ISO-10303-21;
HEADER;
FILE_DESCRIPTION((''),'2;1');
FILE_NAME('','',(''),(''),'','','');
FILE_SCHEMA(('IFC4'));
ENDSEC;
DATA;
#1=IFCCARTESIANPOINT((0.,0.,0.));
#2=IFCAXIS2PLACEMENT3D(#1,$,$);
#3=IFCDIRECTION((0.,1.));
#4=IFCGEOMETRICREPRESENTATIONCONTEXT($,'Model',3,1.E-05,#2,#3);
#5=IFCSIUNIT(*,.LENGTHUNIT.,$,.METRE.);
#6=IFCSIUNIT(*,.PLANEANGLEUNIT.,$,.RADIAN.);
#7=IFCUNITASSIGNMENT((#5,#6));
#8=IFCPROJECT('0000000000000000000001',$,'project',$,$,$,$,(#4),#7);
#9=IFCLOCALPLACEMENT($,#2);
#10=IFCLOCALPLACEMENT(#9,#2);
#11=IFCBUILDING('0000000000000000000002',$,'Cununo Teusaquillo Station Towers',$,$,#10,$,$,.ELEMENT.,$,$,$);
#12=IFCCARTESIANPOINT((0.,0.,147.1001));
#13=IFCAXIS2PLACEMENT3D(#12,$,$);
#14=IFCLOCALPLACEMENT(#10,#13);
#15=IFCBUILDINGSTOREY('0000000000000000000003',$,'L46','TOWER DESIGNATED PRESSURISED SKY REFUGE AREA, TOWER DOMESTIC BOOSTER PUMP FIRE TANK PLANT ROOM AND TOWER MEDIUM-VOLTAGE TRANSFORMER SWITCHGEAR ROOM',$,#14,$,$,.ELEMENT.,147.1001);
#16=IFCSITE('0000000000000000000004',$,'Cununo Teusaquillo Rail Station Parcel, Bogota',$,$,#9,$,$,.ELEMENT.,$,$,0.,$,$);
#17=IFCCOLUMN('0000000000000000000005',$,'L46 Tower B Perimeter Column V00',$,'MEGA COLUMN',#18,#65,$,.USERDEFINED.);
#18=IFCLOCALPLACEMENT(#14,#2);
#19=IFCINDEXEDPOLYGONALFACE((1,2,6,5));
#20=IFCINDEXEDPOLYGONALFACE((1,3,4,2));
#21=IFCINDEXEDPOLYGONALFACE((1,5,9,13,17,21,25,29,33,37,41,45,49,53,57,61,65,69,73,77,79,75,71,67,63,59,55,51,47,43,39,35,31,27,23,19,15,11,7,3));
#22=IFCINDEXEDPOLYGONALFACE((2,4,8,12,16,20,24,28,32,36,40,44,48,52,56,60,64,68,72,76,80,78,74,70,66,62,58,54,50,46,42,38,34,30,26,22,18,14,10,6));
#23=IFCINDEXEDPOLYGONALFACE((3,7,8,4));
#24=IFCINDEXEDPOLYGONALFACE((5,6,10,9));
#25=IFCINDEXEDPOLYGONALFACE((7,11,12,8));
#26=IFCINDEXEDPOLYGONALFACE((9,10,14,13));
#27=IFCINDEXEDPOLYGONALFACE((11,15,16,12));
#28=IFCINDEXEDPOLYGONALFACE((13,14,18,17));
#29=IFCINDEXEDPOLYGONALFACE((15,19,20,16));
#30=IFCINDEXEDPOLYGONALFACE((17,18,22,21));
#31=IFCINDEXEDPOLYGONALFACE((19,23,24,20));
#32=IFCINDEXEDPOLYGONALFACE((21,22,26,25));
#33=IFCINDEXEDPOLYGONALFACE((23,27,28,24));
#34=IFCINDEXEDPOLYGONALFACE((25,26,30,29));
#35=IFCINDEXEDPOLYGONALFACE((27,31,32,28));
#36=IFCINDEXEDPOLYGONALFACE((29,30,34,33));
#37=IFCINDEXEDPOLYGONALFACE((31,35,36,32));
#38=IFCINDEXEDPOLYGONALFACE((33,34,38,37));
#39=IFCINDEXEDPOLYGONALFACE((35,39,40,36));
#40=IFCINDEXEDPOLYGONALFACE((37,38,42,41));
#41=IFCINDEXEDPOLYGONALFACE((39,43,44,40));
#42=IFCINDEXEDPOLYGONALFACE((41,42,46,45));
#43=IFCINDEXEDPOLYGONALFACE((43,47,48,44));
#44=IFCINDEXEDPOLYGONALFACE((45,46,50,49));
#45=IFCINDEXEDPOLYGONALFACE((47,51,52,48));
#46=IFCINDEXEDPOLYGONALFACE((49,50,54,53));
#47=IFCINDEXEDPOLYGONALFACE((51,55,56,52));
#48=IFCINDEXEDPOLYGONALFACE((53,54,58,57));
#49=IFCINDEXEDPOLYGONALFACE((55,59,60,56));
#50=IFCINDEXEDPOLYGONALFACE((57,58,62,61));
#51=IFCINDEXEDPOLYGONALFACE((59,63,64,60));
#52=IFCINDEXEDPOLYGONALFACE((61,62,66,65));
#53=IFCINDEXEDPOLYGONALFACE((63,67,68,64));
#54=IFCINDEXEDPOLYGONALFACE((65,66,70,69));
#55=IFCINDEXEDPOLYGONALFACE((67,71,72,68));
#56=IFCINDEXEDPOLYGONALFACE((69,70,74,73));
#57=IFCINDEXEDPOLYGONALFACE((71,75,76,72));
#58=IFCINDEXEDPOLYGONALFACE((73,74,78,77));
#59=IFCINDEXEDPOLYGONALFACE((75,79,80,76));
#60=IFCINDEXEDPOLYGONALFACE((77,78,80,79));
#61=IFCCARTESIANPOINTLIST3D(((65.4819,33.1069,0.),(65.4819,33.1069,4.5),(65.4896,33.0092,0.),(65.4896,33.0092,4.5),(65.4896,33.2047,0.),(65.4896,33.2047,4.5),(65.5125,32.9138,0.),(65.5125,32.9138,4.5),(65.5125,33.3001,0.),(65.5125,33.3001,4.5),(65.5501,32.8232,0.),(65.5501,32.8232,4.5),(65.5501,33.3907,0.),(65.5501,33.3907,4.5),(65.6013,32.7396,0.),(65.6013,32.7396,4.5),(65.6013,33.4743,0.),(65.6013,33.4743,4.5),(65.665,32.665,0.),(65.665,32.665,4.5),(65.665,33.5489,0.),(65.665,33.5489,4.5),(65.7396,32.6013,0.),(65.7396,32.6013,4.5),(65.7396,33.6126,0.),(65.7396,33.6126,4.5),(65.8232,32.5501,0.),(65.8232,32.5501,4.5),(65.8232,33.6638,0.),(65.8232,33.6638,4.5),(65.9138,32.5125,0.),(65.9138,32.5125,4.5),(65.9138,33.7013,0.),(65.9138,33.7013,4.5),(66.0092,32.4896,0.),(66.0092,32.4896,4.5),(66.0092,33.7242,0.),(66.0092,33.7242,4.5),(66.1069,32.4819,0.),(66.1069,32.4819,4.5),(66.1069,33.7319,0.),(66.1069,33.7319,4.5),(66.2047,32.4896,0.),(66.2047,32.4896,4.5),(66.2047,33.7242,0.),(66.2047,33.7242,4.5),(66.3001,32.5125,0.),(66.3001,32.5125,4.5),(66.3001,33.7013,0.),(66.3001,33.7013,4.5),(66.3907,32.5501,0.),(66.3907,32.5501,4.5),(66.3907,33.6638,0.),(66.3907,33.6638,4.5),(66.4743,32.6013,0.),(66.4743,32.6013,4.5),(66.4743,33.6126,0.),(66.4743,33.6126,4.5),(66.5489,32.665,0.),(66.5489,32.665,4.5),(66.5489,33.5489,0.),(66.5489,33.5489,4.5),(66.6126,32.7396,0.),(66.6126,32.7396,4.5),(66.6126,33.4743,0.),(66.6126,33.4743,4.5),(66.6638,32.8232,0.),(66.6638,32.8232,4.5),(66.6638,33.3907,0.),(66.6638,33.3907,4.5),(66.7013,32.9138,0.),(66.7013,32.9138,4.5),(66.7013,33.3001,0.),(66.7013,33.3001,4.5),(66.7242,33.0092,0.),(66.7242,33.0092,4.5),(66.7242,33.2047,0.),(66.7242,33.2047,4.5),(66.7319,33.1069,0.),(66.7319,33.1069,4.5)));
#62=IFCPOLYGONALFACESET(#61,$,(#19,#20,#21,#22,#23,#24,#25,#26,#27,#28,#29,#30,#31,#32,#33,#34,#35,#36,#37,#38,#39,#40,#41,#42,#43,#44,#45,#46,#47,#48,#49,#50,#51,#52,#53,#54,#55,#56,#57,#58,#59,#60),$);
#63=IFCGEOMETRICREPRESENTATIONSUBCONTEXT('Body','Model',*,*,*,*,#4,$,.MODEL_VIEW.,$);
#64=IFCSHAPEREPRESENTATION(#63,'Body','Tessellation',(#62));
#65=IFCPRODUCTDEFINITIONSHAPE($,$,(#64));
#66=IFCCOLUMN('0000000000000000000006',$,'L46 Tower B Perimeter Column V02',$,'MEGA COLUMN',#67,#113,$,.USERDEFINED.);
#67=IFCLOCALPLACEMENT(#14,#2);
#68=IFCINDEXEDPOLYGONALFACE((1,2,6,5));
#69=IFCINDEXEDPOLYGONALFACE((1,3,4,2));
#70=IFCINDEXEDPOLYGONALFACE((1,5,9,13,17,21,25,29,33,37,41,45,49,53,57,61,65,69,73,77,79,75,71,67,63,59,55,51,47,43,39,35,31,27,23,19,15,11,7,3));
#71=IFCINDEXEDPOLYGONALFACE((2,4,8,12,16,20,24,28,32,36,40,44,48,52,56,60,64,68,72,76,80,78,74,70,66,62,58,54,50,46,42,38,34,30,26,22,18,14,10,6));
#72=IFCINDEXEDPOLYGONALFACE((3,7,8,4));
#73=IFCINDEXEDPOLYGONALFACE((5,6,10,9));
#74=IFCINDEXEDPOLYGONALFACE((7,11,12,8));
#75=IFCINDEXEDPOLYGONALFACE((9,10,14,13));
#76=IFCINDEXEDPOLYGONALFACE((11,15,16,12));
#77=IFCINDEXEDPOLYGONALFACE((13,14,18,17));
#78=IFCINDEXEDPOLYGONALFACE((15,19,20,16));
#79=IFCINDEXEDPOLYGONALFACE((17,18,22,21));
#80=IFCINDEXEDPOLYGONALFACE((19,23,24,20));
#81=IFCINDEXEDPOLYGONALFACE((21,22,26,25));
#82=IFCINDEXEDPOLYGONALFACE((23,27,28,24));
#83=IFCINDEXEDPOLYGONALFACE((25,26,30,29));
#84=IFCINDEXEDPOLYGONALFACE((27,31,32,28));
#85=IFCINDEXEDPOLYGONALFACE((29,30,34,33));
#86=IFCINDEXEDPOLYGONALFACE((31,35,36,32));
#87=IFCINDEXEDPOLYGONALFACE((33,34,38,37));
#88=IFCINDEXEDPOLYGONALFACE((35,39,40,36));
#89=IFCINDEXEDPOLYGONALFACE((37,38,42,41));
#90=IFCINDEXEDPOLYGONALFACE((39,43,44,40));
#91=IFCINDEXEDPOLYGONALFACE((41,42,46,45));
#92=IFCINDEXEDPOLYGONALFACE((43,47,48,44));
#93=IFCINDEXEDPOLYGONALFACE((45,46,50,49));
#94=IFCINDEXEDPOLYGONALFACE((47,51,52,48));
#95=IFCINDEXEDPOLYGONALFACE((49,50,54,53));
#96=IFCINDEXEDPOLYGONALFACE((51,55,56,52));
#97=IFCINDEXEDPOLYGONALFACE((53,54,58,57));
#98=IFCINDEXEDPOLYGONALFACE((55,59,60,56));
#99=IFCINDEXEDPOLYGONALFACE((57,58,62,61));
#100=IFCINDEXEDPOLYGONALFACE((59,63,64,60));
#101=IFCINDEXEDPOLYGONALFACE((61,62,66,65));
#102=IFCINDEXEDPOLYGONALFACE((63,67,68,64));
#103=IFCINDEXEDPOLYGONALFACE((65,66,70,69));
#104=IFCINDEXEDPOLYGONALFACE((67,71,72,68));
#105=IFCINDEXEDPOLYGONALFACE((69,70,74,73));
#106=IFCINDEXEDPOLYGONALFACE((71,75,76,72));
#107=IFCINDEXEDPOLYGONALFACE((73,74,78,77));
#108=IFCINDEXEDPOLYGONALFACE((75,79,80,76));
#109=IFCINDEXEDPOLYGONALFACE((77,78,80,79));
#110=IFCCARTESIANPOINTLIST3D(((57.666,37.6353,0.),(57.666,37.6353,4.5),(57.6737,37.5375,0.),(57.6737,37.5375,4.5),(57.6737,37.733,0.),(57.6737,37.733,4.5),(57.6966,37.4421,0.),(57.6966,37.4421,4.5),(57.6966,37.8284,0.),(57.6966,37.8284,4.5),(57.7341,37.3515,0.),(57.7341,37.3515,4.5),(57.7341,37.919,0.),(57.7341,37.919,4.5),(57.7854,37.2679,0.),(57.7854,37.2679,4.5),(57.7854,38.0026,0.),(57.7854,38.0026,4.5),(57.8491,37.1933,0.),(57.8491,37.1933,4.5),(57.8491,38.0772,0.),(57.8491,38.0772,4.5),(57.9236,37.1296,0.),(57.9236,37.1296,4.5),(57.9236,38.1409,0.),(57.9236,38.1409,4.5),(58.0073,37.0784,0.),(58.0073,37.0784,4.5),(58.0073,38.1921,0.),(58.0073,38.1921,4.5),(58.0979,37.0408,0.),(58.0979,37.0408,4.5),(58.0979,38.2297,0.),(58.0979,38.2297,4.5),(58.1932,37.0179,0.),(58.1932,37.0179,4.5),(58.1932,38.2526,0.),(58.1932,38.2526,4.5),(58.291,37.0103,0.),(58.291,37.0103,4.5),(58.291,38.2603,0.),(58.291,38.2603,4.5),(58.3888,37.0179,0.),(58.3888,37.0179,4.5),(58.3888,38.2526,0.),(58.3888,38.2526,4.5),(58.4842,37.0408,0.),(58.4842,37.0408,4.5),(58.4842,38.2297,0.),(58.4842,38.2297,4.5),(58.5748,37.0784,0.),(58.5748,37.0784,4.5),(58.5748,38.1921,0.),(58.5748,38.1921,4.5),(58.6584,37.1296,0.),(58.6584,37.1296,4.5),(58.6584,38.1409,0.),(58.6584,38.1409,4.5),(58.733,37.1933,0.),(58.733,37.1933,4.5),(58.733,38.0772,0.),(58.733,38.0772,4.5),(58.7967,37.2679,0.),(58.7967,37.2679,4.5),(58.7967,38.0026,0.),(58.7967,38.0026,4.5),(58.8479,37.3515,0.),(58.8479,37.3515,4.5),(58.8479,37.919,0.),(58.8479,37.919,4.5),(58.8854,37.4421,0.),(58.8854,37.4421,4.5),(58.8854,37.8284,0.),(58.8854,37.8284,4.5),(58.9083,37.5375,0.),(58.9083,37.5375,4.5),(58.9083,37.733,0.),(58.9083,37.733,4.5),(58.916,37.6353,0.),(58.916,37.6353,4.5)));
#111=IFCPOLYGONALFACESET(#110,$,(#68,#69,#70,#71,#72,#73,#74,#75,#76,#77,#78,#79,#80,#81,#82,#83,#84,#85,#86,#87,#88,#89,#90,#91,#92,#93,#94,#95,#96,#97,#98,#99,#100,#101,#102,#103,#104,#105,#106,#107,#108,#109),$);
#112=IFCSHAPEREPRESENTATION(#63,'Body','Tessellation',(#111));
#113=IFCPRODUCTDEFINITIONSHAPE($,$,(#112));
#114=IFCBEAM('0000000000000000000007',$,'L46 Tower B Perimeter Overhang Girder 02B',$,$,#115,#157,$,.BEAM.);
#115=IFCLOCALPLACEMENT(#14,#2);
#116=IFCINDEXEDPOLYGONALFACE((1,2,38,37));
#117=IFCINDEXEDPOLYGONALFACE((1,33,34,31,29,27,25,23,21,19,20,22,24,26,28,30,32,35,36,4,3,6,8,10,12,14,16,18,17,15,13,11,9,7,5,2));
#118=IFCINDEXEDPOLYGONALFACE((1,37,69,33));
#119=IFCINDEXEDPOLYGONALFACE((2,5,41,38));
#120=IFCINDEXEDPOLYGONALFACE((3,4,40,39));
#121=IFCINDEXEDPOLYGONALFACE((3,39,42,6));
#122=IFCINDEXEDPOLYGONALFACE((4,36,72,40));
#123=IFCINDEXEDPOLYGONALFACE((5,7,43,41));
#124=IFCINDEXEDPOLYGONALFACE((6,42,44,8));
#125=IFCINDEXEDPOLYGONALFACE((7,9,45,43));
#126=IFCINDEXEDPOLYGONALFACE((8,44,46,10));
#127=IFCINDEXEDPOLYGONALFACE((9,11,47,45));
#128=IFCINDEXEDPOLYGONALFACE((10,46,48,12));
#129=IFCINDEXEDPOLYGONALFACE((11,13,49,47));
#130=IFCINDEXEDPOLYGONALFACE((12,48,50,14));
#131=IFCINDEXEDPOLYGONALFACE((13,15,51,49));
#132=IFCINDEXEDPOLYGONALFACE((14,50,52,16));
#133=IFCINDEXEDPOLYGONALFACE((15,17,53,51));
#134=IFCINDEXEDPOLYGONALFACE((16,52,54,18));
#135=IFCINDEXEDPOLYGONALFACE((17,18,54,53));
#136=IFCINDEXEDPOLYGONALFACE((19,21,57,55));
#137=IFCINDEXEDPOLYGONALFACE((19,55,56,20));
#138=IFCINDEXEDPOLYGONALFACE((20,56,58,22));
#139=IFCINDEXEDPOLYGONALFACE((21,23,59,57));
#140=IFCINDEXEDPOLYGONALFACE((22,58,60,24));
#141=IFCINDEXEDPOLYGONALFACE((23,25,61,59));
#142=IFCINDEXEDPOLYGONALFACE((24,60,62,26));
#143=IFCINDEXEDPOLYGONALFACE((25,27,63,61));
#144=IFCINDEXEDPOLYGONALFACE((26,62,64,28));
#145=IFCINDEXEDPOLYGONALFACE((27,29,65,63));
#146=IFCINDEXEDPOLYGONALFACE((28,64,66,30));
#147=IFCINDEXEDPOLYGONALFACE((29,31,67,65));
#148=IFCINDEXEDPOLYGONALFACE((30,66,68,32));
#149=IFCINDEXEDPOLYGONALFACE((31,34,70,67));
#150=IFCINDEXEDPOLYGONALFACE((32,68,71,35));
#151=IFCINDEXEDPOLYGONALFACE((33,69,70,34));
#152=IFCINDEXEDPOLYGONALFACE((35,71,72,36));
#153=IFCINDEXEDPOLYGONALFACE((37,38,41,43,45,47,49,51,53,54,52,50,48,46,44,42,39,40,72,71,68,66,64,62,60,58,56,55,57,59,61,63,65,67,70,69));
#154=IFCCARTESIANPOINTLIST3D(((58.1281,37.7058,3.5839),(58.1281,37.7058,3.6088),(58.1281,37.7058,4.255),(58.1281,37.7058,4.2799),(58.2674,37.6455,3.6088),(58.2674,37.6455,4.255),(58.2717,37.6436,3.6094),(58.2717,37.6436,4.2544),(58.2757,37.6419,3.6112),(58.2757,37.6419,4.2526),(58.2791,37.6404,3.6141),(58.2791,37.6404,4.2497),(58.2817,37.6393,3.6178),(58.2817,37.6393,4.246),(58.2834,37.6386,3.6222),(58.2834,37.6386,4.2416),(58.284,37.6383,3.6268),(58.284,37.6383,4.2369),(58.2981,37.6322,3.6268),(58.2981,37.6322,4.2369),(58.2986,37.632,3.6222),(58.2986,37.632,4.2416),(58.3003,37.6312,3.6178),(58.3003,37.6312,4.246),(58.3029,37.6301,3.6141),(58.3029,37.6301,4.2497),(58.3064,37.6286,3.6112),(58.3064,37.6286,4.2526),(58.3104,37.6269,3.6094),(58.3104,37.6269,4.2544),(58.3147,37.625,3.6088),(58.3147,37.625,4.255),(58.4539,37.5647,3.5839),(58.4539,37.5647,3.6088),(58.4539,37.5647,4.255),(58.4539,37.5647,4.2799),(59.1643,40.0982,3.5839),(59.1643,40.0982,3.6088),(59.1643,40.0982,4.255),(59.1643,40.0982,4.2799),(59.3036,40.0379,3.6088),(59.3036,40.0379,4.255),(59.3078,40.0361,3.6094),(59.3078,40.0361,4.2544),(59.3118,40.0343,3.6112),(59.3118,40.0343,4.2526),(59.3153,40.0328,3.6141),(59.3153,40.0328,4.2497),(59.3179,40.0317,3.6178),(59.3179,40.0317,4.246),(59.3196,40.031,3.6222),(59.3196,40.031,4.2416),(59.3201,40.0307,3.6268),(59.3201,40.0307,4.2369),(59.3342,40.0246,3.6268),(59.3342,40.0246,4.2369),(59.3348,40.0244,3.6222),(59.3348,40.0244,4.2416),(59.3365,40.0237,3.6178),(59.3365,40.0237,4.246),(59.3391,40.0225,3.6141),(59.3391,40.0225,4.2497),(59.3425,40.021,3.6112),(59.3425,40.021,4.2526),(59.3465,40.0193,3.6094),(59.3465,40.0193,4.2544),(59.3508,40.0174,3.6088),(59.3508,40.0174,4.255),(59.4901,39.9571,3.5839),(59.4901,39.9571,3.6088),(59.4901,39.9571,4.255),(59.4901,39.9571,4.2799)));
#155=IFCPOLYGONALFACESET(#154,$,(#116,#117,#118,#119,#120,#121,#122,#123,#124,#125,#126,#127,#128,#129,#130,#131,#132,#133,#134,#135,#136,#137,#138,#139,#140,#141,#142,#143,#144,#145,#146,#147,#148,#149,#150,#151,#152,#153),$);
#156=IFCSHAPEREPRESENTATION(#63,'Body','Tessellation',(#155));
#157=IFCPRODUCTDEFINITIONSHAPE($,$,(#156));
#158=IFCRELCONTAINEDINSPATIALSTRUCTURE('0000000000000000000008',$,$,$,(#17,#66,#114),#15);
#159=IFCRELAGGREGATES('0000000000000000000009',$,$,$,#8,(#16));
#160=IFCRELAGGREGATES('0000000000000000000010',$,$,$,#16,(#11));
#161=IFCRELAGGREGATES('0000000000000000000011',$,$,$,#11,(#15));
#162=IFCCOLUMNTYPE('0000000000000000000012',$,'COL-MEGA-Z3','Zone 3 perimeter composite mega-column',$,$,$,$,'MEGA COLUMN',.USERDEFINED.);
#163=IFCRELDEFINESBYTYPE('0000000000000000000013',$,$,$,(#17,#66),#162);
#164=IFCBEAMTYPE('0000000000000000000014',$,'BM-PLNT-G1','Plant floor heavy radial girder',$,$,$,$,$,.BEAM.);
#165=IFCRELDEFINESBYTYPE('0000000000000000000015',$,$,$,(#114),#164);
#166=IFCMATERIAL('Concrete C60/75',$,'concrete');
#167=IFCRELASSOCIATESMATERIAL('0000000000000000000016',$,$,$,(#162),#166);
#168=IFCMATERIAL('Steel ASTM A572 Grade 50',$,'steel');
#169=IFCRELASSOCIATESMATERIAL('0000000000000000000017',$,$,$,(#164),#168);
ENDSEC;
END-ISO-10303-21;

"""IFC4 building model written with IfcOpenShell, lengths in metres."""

from ifc_helpers import new_model, si_unit, direction, frame, origin, origin_2d, place, context, subcontext, project, spatial, circle, i_section, extrude, material, material_profile, profile_set, type_object, element, save


model = new_model("IFC4")

# Units and contexts
model_context = context("Model", 3, precision=1e-05, world=origin(), true_north=direction((0.0, 1.0)))
body_context = subcontext(model_context, "Body", "Model", "MODEL_VIEW")
ifc_project = project(units=[si_unit("LENGTHUNIT", "METRE"), si_unit("PLANEANGLEUNIT", "RADIAN")], contexts=[model_context])

# Site, building, storey
site_placement = place(None, origin())
site = spatial("IfcSite", under=ifc_project, at=site_placement, Name="Cununo Teusaquillo Rail Station Parcel, Bogota", CompositionType="ELEMENT", RefElevation=0.0)
building_placement = place(site_placement, origin())
building = spatial("IfcBuilding", under=site, at=building_placement, Name="Cununo Teusaquillo Station Towers", CompositionType="ELEMENT")
storey_placement = place(building_placement, frame((0.0, 0.0, 147.1001)))
storey = spatial("IfcBuildingStorey", under=building, at=storey_placement, Name="L46", Description="TOWER DESIGNATED PRESSURISED SKY REFUGE AREA, TOWER DOMESTIC BOOSTER PUMP FIRE TANK PLANT ROOM AND TOWER MEDIUM-VOLTAGE TRANSFORMER SWITCHGEAR ROOM", CompositionType="ELEMENT", Elevation=147.1001)

# Columns
ifc_material_1 = material(Name="Concrete C60/75", Category="concrete")
ifc_material_profile_1 = material_profile(ifc_material_1, circle(Radius=0.625, at=origin_2d()), Name="RC-CIRC-1250")
ifc_profile_set_1 = profile_set([ifc_material_profile_1], Name="Concrete C60/75")
column_type = type_object("IfcColumnType", Name="COL-MEGA-Z3", Description="Zone 3 perimeter composite mega-column", ElementType="MEGA COLUMN", PredefinedType="USERDEFINED", material=ifc_profile_set_1)
for number, where, z_axis, x_axis, name in (
    (1, (66.1069, 33.1069, 0.0), (0.0, 0.0, 1.0), (1.0, 0.0, 0.0), "L46 Tower B Perimeter Column V00"),
    (2, (58.291, 37.6353, 0.0), (0.0, 0.0, 1.0), (1.0, 0.0, 0.0), "L46 Tower B Perimeter Column V02"),
):
    element("IfcColumn", number, at=place(storey_placement, frame(where, z_axis=z_axis, x_axis=x_axis)), inside=storey, type_object=column_type, Name=name, ObjectType="MEGA COLUMN", PredefinedType="USERDEFINED", context=body_context, shape_type="SweptSolid", body=[
        extrude(circle(Radius=0.625, at=origin_2d()), origin(), (0.0, 0.0, 1.0), 4.5),
    ])

# Beam
ifc_material_2 = material(Name="Steel ASTM A572 Grade 50", Category="steel")
ifc_material_profile_2 = material_profile(ifc_material_2, i_section(OverallWidth=0.355, OverallDepth=0.696, WebThickness=0.0154, FlangeThickness=0.0249, FilletRadius=0.0181, at=origin_2d()), Name="W27X146")
ifc_profile_set_2 = profile_set([ifc_material_profile_2], Name="Steel ASTM A572 Grade 50")
beam_type_1 = type_object("IfcBeamType", Name="BM-PLNT-G1", Description="Plant floor heavy radial girder", PredefinedType="BEAM", material=ifc_profile_set_2)
beam_1_placement = place(storey_placement, frame((58.291, 37.6353, 3.9319), z_axis=(0.397431, 0.917632, 0.0), x_axis=(-0.917632, 0.397431, 0.0)))
element("IfcBeam", 3, at=beam_1_placement, inside=storey, type_object=beam_type_1, Name="L46 Tower B Perimeter Overhang Girder 02B", PredefinedType="BEAM", context=body_context, shape_type="SweptSolid", body=[
    extrude(i_section(OverallWidth=0.355, OverallDepth=0.696, WebThickness=0.0154, FlangeThickness=0.0249, FilletRadius=0.0181, at=origin_2d()), origin(), (0.0, 0.0, 1.0), 2.6072),
])

save(model, "model.ifc")
